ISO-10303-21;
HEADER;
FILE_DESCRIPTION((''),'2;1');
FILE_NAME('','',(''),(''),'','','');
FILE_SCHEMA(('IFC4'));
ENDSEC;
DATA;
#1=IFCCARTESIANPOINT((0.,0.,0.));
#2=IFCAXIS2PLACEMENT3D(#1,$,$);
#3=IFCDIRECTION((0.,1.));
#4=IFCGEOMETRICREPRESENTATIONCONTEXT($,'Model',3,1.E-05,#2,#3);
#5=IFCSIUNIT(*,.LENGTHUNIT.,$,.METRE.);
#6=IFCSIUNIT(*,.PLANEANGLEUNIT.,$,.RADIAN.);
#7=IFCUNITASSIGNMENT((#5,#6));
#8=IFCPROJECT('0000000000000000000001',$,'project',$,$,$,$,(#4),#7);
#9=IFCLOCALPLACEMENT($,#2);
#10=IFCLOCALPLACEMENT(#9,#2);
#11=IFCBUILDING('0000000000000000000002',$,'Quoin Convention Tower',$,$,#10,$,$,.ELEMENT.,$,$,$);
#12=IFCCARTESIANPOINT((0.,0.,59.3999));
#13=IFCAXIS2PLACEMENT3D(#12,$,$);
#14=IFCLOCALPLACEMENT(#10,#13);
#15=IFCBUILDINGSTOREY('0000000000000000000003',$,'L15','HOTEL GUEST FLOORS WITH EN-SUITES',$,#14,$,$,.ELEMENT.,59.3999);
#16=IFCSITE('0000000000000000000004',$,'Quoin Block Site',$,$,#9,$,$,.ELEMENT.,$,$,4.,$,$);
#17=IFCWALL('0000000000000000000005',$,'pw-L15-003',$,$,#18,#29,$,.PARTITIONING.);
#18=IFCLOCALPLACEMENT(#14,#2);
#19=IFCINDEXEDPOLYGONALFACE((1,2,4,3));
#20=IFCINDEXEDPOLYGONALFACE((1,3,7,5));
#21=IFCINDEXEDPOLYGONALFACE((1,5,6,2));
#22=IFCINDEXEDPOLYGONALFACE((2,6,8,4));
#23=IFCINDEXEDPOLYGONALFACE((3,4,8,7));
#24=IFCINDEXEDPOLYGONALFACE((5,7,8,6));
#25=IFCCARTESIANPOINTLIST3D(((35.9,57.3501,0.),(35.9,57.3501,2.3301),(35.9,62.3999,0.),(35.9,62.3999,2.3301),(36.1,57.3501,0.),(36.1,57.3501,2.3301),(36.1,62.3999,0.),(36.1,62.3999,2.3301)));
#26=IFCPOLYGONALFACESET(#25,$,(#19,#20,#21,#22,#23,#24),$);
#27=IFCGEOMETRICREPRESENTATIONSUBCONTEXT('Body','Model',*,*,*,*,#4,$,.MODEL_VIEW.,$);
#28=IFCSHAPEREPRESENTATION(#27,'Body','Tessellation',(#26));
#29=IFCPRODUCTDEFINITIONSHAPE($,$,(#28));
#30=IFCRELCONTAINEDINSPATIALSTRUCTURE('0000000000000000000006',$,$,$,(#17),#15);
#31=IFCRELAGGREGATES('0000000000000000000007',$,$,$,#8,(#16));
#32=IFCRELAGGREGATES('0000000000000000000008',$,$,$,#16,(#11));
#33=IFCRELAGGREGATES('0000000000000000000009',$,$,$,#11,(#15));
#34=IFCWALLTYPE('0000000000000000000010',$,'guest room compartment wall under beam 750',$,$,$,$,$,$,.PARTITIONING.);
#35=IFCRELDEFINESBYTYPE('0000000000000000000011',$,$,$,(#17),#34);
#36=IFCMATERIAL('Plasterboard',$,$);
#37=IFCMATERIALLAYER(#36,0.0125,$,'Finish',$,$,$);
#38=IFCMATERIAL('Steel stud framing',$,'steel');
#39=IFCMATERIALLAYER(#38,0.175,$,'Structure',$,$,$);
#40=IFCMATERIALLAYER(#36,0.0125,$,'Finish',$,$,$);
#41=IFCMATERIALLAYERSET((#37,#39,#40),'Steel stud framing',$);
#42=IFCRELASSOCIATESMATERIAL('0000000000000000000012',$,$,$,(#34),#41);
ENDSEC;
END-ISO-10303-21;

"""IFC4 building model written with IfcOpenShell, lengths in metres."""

from ifc_helpers import new_model, si_unit, direction, frame, frame_2d, origin, place, context, subcontext, project, spatial, rectangle, extrude, material, layer, layer_set, type_object, element, save


model = new_model("IFC4")

# Units and contexts
model_context = context("Model", 3, precision=1e-05, world=origin(), true_north=direction((0.0, 1.0)))
body_context = subcontext(model_context, "Body", "Model", "MODEL_VIEW")
ifc_project = project(units=[si_unit("LENGTHUNIT", "METRE"), si_unit("PLANEANGLEUNIT", "RADIAN")], contexts=[model_context])

# Site, building, storey
site_placement = place(None, origin())
site = spatial("IfcSite", under=ifc_project, at=site_placement, Name="Quoin Block Site", CompositionType="ELEMENT", RefElevation=4.0)
building_placement = place(site_placement, origin())
building = spatial("IfcBuilding", under=site, at=building_placement, Name="Quoin Convention Tower", CompositionType="ELEMENT")
storey_placement = place(building_placement, frame((0.0, 0.0, 59.3999)))
storey = spatial("IfcBuildingStorey", under=building, at=storey_placement, Name="L15", Description="HOTEL GUEST FLOORS WITH EN-SUITES", CompositionType="ELEMENT", Elevation=59.3999)

# Shared definitions
ifc_material_1 = material(Name="Plasterboard")
ifc_material_2 = material(Name="Steel stud framing", Category="steel")

# Wall
ifc_layer_1 = layer(ifc_material_1, 0.0125, Name="Finish")
ifc_layer_2 = layer(ifc_material_2, 0.175, Name="Structure")
ifc_layer_3 = layer(ifc_material_1, 0.0125, Name="Finish")
ifc_layer_set_1 = layer_set([ifc_layer_1, ifc_layer_2, ifc_layer_3], Name="Steel stud framing")
wall_type_1 = type_object("IfcWallType", Name="guest room compartment wall under beam 750", PredefinedType="PARTITIONING", material=ifc_layer_set_1)
wall_1_placement = place(storey_placement, frame((36.0, 57.3501, 0.0), z_axis=(0.0, 0.0, 1.0), x_axis=(0.0, 1.0, 0.0)))
element("IfcWall", 1, at=wall_1_placement, inside=storey, type_object=wall_type_1, Name="pw-L15-003", PredefinedType="PARTITIONING", context=body_context, shape_type="SweptSolid", body=[
    extrude(rectangle(XDim=5.0498, YDim=0.2, at=frame_2d((2.5249, 0.0))), origin(), (0.0, 0.0, 1.0), 2.3301),
])

save(model, "model.ifc")
